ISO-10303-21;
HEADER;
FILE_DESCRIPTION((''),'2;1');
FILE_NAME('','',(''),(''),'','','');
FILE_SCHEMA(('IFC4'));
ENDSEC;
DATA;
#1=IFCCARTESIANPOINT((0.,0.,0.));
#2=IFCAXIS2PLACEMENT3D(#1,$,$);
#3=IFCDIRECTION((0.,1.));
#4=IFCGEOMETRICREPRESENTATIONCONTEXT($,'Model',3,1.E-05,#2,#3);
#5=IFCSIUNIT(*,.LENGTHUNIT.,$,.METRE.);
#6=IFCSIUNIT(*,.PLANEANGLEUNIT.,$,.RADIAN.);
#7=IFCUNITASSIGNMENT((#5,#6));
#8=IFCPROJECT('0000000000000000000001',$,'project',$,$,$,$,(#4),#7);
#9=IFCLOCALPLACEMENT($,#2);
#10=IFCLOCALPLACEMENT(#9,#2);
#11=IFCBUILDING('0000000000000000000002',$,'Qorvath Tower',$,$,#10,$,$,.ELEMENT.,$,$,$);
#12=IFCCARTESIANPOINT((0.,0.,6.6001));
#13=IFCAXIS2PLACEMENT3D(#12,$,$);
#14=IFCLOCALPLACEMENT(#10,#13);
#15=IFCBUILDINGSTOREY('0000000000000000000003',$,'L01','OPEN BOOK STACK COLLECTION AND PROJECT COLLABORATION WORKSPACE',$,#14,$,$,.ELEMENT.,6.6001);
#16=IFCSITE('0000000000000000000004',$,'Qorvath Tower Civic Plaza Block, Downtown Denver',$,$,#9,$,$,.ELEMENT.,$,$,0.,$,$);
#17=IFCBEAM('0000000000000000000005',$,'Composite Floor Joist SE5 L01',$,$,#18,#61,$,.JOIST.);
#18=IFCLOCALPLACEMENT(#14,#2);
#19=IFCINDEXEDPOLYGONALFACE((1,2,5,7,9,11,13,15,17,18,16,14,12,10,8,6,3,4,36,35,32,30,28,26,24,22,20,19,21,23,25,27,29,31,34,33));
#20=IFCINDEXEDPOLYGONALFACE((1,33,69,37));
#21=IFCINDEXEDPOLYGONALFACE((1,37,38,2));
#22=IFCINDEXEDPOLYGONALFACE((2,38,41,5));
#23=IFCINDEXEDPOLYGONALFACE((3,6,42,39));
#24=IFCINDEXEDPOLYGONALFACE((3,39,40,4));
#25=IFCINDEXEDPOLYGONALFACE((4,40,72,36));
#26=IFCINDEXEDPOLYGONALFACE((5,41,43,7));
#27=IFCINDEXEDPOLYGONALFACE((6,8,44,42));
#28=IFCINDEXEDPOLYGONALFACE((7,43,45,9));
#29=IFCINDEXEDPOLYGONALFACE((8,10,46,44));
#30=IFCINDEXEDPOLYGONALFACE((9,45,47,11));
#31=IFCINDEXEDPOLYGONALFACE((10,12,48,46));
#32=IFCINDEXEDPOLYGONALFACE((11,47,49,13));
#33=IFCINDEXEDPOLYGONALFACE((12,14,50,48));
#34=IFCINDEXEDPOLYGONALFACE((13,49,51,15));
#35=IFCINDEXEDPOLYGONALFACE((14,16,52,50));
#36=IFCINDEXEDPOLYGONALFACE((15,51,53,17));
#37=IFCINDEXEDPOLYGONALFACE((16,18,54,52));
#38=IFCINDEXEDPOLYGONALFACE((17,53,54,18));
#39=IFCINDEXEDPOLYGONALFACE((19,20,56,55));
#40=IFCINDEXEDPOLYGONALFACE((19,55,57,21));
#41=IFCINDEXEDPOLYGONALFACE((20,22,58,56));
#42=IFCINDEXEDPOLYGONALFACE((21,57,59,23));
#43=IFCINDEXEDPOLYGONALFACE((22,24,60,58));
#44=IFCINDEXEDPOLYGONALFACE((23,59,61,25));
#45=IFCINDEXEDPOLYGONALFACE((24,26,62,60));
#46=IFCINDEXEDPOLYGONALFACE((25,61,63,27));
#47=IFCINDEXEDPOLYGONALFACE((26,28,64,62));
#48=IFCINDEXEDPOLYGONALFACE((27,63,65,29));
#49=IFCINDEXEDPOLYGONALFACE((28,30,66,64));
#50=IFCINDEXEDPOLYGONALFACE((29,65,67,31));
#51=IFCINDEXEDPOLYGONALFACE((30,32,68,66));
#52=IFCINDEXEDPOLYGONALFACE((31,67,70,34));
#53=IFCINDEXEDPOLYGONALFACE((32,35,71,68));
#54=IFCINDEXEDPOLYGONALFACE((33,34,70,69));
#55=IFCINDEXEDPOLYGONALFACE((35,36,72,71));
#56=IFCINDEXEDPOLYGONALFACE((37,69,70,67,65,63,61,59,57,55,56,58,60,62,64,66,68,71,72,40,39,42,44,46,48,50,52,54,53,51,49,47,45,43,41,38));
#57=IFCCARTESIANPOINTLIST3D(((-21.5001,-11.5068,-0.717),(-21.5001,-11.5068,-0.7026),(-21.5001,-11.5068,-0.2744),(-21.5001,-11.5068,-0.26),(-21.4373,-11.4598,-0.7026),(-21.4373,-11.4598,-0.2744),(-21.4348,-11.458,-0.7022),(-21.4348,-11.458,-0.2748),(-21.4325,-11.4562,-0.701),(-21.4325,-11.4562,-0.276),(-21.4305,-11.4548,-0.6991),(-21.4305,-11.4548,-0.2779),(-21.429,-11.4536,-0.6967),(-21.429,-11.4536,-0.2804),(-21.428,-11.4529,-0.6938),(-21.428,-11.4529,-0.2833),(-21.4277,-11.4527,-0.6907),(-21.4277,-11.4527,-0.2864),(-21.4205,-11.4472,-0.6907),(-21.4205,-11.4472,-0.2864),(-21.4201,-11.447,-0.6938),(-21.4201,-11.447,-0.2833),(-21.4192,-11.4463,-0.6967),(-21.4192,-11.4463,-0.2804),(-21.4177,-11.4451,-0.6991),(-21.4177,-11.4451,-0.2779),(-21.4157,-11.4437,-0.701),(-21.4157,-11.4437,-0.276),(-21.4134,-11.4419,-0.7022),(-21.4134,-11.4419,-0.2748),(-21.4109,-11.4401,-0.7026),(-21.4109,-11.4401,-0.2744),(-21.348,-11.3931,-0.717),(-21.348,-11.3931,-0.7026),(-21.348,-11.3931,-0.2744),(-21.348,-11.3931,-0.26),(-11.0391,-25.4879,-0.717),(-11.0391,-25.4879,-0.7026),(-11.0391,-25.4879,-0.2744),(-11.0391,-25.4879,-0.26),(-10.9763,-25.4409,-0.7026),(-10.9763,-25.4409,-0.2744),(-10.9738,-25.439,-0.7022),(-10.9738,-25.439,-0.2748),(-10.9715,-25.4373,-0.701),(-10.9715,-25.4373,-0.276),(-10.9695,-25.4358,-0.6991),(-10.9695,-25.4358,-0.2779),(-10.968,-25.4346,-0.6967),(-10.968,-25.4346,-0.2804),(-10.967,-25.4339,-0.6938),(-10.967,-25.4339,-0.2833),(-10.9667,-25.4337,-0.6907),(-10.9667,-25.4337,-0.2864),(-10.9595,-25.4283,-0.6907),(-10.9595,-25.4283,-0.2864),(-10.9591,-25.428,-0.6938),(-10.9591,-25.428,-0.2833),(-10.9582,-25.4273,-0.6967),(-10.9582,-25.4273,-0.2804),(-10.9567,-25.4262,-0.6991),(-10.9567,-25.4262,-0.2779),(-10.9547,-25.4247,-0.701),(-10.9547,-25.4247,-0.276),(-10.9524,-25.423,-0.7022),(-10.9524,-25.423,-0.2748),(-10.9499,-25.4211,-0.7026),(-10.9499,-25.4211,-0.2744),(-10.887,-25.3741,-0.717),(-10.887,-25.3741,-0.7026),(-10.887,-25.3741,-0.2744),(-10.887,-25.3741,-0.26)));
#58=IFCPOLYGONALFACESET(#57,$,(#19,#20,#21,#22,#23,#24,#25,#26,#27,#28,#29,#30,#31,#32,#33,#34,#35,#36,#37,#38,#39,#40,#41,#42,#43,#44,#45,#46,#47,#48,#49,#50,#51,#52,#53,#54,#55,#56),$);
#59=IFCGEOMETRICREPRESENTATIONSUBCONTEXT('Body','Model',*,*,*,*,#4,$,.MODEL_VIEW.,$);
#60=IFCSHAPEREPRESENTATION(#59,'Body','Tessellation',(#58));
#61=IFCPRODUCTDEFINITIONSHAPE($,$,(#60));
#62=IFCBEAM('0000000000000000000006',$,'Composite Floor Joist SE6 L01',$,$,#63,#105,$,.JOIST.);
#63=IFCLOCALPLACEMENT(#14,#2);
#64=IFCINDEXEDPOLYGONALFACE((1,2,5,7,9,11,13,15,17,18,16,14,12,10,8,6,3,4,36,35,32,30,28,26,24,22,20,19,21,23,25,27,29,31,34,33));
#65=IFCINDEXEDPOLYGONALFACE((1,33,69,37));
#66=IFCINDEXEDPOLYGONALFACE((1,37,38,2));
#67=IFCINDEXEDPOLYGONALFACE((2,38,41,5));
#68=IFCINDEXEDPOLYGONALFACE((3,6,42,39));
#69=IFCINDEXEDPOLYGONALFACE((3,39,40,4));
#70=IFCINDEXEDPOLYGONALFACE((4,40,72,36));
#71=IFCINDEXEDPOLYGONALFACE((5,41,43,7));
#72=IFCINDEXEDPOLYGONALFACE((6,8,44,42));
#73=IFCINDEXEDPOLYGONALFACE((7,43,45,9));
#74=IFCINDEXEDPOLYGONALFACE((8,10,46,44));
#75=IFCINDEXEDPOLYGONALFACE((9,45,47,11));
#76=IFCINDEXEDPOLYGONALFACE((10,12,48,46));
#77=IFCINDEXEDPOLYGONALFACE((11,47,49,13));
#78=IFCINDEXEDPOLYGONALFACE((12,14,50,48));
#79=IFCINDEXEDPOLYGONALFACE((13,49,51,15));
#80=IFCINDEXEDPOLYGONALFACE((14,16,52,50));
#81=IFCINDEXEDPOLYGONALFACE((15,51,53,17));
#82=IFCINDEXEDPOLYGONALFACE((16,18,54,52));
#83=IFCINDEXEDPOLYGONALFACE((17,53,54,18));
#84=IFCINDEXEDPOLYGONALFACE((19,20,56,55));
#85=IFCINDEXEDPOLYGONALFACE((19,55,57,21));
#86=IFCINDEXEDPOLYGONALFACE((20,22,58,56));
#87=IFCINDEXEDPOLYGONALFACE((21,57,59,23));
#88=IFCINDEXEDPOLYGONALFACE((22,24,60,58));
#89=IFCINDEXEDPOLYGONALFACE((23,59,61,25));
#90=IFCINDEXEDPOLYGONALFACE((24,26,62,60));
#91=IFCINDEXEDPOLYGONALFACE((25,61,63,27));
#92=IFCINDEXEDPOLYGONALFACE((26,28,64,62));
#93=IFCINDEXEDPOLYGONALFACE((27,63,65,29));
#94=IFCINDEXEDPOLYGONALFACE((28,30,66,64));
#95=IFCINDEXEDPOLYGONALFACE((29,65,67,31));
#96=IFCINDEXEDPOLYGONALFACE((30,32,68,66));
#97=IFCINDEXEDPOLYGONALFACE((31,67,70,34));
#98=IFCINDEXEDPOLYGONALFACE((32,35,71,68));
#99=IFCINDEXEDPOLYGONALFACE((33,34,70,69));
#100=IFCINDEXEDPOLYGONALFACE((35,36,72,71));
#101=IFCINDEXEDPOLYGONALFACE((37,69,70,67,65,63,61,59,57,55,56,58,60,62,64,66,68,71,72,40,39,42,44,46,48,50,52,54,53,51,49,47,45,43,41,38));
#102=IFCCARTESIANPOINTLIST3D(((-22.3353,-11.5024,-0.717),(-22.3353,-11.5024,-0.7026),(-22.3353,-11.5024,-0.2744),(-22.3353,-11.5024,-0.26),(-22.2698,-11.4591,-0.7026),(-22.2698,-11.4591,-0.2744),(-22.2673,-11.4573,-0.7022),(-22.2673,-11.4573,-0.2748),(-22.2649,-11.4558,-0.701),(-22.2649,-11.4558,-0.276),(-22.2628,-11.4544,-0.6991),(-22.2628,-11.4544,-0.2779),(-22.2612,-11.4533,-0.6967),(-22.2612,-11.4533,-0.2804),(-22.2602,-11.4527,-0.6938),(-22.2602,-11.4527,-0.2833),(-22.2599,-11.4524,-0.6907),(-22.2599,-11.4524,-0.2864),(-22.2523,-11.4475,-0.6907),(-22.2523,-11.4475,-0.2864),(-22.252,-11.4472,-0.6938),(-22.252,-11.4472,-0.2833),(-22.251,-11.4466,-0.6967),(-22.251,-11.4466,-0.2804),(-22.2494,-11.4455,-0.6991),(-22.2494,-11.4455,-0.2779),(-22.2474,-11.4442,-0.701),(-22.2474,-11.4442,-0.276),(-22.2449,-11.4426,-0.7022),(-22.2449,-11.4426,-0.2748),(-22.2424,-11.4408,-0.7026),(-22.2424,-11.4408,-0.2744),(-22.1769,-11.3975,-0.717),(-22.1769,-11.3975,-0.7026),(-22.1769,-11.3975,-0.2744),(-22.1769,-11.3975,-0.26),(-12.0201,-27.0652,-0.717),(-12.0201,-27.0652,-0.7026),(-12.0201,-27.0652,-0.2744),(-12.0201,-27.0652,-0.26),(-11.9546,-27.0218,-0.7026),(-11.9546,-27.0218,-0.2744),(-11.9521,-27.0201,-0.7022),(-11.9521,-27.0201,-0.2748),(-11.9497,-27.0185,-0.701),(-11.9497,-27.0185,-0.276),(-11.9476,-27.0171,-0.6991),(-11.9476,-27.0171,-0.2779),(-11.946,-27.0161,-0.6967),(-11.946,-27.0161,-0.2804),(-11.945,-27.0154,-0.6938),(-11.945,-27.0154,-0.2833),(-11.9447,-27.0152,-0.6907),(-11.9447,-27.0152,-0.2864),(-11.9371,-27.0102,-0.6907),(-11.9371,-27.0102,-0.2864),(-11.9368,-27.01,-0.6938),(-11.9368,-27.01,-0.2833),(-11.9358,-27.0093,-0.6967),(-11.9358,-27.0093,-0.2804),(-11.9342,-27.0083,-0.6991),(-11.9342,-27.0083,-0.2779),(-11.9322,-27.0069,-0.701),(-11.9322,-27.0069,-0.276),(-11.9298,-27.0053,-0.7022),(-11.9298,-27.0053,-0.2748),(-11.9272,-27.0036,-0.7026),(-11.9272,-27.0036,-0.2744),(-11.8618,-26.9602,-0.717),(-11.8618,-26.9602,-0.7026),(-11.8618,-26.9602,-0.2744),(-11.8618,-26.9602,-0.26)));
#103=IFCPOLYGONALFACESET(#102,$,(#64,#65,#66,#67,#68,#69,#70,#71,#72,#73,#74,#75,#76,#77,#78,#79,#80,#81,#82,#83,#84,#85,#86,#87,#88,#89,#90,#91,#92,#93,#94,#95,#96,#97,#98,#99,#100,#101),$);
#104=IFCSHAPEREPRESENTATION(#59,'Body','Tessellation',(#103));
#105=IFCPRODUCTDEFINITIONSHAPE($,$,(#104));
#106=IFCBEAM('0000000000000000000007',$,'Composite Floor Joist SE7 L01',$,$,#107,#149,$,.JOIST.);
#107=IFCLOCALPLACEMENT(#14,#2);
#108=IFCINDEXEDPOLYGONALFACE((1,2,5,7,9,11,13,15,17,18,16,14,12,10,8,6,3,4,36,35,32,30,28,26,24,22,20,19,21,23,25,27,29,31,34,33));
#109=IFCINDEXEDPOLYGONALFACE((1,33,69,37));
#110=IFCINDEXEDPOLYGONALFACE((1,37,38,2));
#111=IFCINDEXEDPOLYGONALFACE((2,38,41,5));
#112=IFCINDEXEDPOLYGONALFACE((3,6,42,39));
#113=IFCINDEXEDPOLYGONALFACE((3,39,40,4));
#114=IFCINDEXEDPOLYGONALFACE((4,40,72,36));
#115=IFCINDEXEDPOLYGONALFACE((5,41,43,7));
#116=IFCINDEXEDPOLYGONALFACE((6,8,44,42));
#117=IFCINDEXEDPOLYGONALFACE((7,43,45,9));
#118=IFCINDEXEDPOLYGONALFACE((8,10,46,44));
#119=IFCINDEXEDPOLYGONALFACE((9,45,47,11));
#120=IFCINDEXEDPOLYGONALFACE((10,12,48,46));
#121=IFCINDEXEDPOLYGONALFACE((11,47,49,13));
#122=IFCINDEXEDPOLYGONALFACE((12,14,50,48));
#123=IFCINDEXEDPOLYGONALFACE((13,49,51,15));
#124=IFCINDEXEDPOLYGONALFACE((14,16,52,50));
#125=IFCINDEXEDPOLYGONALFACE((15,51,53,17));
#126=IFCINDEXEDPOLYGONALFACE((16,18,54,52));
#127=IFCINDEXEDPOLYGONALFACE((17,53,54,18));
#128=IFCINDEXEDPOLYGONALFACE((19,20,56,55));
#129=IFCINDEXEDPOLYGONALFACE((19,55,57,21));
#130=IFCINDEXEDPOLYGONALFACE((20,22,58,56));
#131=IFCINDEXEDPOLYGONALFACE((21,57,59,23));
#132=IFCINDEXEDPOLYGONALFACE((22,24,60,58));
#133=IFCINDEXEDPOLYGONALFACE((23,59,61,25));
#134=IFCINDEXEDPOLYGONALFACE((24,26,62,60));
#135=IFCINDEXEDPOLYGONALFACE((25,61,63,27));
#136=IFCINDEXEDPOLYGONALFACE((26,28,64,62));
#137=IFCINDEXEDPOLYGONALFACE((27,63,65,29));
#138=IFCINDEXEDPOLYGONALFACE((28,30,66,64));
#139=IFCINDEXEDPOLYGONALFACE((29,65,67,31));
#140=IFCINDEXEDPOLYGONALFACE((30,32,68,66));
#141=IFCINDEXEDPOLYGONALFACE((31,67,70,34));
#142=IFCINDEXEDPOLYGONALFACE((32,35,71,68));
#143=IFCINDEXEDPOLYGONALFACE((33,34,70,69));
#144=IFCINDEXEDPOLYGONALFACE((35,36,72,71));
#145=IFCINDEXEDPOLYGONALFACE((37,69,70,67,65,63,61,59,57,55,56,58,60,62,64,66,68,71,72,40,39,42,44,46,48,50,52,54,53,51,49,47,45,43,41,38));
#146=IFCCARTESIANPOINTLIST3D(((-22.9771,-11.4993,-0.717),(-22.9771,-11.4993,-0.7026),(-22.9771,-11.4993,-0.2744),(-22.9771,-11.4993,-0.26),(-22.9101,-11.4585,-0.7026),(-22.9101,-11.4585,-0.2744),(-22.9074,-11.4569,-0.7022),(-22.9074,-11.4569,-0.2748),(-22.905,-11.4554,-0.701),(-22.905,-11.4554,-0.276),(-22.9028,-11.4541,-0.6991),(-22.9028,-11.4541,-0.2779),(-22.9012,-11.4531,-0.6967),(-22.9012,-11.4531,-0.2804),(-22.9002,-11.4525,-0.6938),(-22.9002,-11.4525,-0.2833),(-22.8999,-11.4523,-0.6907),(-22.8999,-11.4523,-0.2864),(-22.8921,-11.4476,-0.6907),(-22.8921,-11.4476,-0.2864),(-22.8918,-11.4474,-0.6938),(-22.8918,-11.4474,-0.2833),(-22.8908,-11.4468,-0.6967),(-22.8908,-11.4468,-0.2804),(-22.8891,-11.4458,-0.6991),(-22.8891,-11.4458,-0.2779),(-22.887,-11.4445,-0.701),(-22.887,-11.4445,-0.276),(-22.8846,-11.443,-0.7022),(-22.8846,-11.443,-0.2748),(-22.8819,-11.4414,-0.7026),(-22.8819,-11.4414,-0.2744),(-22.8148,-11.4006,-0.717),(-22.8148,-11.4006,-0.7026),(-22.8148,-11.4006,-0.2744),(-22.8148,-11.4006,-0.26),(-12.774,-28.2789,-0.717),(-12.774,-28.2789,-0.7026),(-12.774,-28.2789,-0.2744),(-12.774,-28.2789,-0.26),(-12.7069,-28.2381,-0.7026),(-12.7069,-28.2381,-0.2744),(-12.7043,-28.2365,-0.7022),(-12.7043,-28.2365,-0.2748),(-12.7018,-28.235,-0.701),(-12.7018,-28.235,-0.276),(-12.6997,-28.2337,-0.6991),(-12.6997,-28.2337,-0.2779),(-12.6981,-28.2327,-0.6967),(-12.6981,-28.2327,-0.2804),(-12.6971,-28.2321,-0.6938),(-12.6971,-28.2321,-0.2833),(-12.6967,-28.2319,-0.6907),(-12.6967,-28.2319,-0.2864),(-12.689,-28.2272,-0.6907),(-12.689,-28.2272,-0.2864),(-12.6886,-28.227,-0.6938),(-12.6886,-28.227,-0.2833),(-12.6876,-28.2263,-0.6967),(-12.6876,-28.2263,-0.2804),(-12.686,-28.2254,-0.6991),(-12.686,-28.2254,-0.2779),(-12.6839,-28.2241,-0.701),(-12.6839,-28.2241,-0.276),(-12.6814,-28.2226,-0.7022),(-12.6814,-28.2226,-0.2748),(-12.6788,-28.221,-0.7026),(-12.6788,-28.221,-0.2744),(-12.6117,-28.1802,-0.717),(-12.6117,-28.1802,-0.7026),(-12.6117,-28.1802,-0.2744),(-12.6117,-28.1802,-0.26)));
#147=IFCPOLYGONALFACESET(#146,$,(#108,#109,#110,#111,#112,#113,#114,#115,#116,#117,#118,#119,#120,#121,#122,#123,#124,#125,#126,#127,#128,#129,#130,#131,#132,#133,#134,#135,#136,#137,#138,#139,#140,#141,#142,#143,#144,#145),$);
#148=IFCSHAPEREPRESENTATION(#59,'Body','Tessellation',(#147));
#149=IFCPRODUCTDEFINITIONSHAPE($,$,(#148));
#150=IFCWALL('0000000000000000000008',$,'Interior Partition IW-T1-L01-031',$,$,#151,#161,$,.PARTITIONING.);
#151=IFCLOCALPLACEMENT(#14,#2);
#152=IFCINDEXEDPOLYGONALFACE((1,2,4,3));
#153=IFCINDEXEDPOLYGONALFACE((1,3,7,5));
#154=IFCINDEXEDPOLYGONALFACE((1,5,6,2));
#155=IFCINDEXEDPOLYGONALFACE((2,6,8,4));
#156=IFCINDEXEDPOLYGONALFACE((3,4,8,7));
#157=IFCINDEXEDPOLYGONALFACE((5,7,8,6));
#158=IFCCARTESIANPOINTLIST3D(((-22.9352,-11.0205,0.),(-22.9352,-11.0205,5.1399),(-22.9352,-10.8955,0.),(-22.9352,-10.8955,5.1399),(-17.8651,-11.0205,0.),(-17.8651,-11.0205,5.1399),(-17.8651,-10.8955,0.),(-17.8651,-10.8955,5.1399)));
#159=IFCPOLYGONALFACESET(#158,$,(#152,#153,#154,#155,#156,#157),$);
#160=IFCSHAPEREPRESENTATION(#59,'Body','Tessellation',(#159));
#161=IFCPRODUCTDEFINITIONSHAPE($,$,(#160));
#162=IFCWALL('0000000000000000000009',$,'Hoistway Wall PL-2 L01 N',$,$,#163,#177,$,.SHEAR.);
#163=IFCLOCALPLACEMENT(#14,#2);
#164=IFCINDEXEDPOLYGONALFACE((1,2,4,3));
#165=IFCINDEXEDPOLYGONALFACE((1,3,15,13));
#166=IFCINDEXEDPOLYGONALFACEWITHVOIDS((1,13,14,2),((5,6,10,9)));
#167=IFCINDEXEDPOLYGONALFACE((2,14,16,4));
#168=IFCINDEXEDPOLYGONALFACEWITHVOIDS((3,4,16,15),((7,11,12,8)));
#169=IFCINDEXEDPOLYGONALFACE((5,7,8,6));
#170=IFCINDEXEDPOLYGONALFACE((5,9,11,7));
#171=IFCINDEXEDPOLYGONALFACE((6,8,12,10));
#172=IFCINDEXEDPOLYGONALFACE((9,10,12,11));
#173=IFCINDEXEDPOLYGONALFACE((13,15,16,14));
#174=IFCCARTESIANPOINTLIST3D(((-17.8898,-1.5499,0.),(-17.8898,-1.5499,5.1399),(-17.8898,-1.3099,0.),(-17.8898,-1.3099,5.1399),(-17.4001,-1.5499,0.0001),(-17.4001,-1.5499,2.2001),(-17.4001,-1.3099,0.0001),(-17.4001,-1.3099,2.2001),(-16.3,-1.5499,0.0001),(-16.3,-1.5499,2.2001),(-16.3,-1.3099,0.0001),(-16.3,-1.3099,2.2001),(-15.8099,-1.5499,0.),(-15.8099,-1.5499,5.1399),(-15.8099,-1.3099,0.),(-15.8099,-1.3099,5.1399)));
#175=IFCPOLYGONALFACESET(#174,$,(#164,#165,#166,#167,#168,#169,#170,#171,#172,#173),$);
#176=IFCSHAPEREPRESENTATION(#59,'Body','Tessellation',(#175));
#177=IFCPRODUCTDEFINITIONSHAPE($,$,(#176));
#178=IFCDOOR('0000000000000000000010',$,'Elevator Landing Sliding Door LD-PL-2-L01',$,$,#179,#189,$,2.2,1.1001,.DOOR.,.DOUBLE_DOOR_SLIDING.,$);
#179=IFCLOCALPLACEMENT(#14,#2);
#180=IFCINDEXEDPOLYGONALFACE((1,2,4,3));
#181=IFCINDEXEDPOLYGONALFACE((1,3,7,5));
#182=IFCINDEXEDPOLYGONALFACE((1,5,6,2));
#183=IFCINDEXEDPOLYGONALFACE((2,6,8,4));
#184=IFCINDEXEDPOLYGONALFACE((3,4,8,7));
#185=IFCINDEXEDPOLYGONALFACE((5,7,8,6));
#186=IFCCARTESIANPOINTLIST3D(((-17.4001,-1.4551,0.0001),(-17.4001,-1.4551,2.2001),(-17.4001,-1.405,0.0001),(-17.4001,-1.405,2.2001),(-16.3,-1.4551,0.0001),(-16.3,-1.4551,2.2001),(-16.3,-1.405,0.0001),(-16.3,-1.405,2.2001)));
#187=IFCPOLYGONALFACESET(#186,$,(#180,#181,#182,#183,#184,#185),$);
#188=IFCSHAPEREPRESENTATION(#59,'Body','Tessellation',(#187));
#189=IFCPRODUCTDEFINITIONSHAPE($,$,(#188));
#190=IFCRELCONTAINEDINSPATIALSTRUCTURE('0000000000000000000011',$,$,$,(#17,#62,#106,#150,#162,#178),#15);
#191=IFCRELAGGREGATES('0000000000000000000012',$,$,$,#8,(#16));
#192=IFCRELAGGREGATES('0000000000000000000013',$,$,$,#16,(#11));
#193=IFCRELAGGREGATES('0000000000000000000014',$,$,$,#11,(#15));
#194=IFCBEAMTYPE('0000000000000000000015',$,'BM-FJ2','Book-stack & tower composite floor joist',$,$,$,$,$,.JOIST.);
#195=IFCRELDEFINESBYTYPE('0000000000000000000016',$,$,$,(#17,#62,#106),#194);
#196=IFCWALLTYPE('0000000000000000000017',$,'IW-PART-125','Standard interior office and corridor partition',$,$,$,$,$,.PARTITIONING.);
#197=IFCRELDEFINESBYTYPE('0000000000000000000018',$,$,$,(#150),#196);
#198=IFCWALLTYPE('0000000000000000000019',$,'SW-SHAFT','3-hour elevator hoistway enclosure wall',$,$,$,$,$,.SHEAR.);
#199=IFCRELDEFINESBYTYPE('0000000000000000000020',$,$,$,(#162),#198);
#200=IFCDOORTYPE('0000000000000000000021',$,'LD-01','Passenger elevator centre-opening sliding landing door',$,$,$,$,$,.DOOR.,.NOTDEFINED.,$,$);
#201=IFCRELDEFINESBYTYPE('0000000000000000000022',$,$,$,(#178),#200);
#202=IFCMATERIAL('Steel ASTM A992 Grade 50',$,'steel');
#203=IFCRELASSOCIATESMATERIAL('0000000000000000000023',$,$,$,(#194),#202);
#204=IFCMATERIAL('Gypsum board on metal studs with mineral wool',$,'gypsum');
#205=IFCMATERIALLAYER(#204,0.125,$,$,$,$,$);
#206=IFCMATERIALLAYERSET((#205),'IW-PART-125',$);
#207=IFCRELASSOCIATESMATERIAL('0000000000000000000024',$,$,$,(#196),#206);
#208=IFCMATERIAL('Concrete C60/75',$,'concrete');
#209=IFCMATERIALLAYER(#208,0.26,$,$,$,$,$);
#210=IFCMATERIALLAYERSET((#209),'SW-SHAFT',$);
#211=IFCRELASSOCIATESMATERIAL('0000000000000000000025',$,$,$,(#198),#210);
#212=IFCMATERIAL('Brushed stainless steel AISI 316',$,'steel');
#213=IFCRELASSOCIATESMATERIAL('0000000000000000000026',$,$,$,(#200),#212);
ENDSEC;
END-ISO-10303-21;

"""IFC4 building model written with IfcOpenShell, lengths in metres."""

from ifc_helpers import new_model, si_unit, direction, frame, frame_2d, origin, origin_2d, place, context, subcontext, project, spatial, rectangle, i_section, extrude, material, layer, layer_set, material_profile, profile_set, type_object, element, fill, save


model = new_model("IFC4")

# Units and contexts
model_context = context("Model", 3, precision=1e-05, world=origin(), true_north=direction((0.0, 1.0)))
body_context = subcontext(model_context, "Body", "Model", "MODEL_VIEW")
ifc_project = project(units=[si_unit("LENGTHUNIT", "METRE"), si_unit("PLANEANGLEUNIT", "RADIAN")], contexts=[model_context])

# Site, building, storey
site_placement = place(None, origin())
site = spatial("IfcSite", under=ifc_project, at=site_placement, Name="Qorvath Tower Civic Plaza Block, Downtown Denver", CompositionType="ELEMENT", RefElevation=0.0)
building_placement = place(site_placement, origin())
building = spatial("IfcBuilding", under=site, at=building_placement, Name="Qorvath Tower", CompositionType="ELEMENT")
storey_placement = place(building_placement, frame((0.0, 0.0, 6.6001)))
storey = spatial("IfcBuildingStorey", under=building, at=storey_placement, Name="L01", Description="OPEN BOOK STACK COLLECTION AND PROJECT COLLABORATION WORKSPACE", CompositionType="ELEMENT", Elevation=6.6001)

# Beams
ifc_material_1 = material(Name="Steel ASTM A992 Grade 50", Category="steel")
ifc_material_profile_1 = material_profile(ifc_material_1, i_section(OverallWidth=0.1899, OverallDepth=0.457, WebThickness=0.009, FlangeThickness=0.0144, FilletRadius=0.012, at=origin_2d()), Name="W18x50")
ifc_profile_set_1 = profile_set([ifc_material_profile_1], Name="Steel ASTM A992 Grade 50")
beam_type_1 = type_object("IfcBeamType", Name="BM-FJ2", Description="Book-stack & tower composite floor joist", PredefinedType="JOIST", material=ifc_profile_set_1)
beam_1_placement = place(storey_placement, frame((-21.4241, -11.45, -0.4885), z_axis=(0.599091, -0.800681, 0.0), x_axis=(0.800681, 0.599091, 0.0)))
element("IfcBeam", 1, at=beam_1_placement, inside=storey, type_object=beam_type_1, Name="Composite Floor Joist SE5 L01", PredefinedType="JOIST", context=body_context, shape_type="SweptSolid", body=[
    extrude(i_section(OverallWidth=0.1899, OverallDepth=0.457, WebThickness=0.009, FlangeThickness=0.0144, FilletRadius=0.012, at=origin_2d()), origin(), (0.0, 0.0, 1.0), 17.4614),
])
beam_2_placement = place(storey_placement, frame((-22.2561, -11.45, -0.4885), z_axis=(0.552474, -0.83353, 0.0), x_axis=(0.83353, 0.552474, 0.0)))
element("IfcBeam", 2, at=beam_2_placement, inside=storey, type_object=beam_type_1, Name="Composite Floor Joist SE6 L01", PredefinedType="JOIST", context=body_context, shape_type="SweptSolid", body=[
    extrude(i_section(OverallWidth=0.1899, OverallDepth=0.457, WebThickness=0.009, FlangeThickness=0.0144, FilletRadius=0.012, at=origin_2d()), origin(), (0.0, 0.0, 1.0), 18.6709),
])
beam_3_placement = place(storey_placement, frame((-22.896, -11.45, -0.4885), z_axis=(0.519556, -0.854436, 0.0), x_axis=(0.854436, 0.519556, 0.0)))
element("IfcBeam", 3, at=beam_3_placement, inside=storey, type_object=beam_type_1, Name="Composite Floor Joist SE7 L01", PredefinedType="JOIST", context=body_context, shape_type="SweptSolid", body=[
    extrude(i_section(OverallWidth=0.1899, OverallDepth=0.457, WebThickness=0.009, FlangeThickness=0.0144, FilletRadius=0.012, at=origin_2d()), origin(), (0.0, 0.0, 1.0), 19.6382),
])

# Wall
ifc_material_2 = material(Name="Gypsum board on metal studs with mineral wool", Category="gypsum")
ifc_layer_1 = layer(ifc_material_2, 0.125)
ifc_layer_set_1 = layer_set([ifc_layer_1], Name="IW-PART-125")
wall_type_1 = type_object("IfcWallType", Name="IW-PART-125", Description="Standard interior office and corridor partition", PredefinedType="PARTITIONING", material=ifc_layer_set_1)
wall_1_placement = place(storey_placement, frame((-17.865, -10.958, 0.0), z_axis=(0.0, 0.0, 1.0), x_axis=(-1.0, 0.0, 0.0)))
element("IfcWall", 4, at=wall_1_placement, inside=storey, type_object=wall_type_1, Name="Interior Partition IW-T1-L01-031", PredefinedType="PARTITIONING", context=body_context, shape_type="SweptSolid", body=[
    extrude(rectangle(XDim=5.0701, YDim=0.125, at=frame_2d((2.5352, 0.0))), origin(), (0.0, 0.0, 1.0), 5.1399),
])

# Wall, opening, door
ifc_material_3 = material(Name="Concrete C60/75", Category="concrete")
ifc_layer_2 = layer(ifc_material_3, 0.26)
ifc_layer_set_2 = layer_set([ifc_layer_2], Name="SW-SHAFT")
wall_type_2 = type_object("IfcWallType", Name="SW-SHAFT", Description="3-hour elevator hoistway enclosure wall", PredefinedType="SHEAR", material=ifc_layer_set_2)
wall_2_placement = place(storey_placement, frame((-17.8899, -1.4299, 0.0), z_axis=(0.0, 0.0, 1.0), x_axis=(1.0, 0.0, 0.0)))
wall_2 = element("IfcWall", 5, at=wall_2_placement, inside=storey, type_object=wall_type_2, Name="Hoistway Wall PL-2 L01 N", PredefinedType="SHEAR", context=body_context, shape_type="SweptSolid", body=[
    extrude(rectangle(XDim=2.0798, YDim=0.24, at=frame_2d((1.04, 0.0))), origin(), (0.0, 0.0, 1.0), 5.1399),
])
opening_placement = place(wall_2_placement, frame((0.4897, 0.0, 0.0)))
opening = element("IfcOpeningElement", 6, at=opening_placement, cuts=wall_2, PredefinedType="OPENING", context=body_context, shape_type="SweptSolid", body=[
    extrude(rectangle(XDim=1.1001, YDim=2.2, at=frame_2d((0.55, 1.1001))), frame((0.0, 0.1299, 0.0), z_axis=(0.0, -1.0, 0.0), x_axis=(1.0, 0.0, 0.0)), (0.0, 0.0, 1.0), 0.26),
])
ifc_material_4 = material(Name="Brushed stainless steel AISI 316", Category="steel")
door_type = type_object("IfcDoorType", Name="LD-01", Description="Passenger elevator centre-opening sliding landing door", OperationType="NOTDEFINED", PredefinedType="DOOR", material=ifc_material_4)
door_placement = place(opening_placement, origin())
door = element("IfcDoor", 7, at=door_placement, inside=storey, type_object=door_type, Name="Elevator Landing Sliding Door LD-PL-2-L01", OperationType="DOUBLE_DOOR_SLIDING", OverallHeight=2.2, OverallWidth=1.1001, PredefinedType="DOOR", context=body_context, shape_type="SweptSolid", body=[
    extrude(rectangle(XDim=1.1001, YDim=2.2, at=frame_2d((0.55, 1.1001))), frame((0.0, 0.0249, 0.0), z_axis=(0.0, -1.0, 0.0), x_axis=(1.0, 0.0, 0.0)), (0.0, 0.0, 1.0), 0.05),
])
fill(opening, door)

save(model, "model.ifc")
